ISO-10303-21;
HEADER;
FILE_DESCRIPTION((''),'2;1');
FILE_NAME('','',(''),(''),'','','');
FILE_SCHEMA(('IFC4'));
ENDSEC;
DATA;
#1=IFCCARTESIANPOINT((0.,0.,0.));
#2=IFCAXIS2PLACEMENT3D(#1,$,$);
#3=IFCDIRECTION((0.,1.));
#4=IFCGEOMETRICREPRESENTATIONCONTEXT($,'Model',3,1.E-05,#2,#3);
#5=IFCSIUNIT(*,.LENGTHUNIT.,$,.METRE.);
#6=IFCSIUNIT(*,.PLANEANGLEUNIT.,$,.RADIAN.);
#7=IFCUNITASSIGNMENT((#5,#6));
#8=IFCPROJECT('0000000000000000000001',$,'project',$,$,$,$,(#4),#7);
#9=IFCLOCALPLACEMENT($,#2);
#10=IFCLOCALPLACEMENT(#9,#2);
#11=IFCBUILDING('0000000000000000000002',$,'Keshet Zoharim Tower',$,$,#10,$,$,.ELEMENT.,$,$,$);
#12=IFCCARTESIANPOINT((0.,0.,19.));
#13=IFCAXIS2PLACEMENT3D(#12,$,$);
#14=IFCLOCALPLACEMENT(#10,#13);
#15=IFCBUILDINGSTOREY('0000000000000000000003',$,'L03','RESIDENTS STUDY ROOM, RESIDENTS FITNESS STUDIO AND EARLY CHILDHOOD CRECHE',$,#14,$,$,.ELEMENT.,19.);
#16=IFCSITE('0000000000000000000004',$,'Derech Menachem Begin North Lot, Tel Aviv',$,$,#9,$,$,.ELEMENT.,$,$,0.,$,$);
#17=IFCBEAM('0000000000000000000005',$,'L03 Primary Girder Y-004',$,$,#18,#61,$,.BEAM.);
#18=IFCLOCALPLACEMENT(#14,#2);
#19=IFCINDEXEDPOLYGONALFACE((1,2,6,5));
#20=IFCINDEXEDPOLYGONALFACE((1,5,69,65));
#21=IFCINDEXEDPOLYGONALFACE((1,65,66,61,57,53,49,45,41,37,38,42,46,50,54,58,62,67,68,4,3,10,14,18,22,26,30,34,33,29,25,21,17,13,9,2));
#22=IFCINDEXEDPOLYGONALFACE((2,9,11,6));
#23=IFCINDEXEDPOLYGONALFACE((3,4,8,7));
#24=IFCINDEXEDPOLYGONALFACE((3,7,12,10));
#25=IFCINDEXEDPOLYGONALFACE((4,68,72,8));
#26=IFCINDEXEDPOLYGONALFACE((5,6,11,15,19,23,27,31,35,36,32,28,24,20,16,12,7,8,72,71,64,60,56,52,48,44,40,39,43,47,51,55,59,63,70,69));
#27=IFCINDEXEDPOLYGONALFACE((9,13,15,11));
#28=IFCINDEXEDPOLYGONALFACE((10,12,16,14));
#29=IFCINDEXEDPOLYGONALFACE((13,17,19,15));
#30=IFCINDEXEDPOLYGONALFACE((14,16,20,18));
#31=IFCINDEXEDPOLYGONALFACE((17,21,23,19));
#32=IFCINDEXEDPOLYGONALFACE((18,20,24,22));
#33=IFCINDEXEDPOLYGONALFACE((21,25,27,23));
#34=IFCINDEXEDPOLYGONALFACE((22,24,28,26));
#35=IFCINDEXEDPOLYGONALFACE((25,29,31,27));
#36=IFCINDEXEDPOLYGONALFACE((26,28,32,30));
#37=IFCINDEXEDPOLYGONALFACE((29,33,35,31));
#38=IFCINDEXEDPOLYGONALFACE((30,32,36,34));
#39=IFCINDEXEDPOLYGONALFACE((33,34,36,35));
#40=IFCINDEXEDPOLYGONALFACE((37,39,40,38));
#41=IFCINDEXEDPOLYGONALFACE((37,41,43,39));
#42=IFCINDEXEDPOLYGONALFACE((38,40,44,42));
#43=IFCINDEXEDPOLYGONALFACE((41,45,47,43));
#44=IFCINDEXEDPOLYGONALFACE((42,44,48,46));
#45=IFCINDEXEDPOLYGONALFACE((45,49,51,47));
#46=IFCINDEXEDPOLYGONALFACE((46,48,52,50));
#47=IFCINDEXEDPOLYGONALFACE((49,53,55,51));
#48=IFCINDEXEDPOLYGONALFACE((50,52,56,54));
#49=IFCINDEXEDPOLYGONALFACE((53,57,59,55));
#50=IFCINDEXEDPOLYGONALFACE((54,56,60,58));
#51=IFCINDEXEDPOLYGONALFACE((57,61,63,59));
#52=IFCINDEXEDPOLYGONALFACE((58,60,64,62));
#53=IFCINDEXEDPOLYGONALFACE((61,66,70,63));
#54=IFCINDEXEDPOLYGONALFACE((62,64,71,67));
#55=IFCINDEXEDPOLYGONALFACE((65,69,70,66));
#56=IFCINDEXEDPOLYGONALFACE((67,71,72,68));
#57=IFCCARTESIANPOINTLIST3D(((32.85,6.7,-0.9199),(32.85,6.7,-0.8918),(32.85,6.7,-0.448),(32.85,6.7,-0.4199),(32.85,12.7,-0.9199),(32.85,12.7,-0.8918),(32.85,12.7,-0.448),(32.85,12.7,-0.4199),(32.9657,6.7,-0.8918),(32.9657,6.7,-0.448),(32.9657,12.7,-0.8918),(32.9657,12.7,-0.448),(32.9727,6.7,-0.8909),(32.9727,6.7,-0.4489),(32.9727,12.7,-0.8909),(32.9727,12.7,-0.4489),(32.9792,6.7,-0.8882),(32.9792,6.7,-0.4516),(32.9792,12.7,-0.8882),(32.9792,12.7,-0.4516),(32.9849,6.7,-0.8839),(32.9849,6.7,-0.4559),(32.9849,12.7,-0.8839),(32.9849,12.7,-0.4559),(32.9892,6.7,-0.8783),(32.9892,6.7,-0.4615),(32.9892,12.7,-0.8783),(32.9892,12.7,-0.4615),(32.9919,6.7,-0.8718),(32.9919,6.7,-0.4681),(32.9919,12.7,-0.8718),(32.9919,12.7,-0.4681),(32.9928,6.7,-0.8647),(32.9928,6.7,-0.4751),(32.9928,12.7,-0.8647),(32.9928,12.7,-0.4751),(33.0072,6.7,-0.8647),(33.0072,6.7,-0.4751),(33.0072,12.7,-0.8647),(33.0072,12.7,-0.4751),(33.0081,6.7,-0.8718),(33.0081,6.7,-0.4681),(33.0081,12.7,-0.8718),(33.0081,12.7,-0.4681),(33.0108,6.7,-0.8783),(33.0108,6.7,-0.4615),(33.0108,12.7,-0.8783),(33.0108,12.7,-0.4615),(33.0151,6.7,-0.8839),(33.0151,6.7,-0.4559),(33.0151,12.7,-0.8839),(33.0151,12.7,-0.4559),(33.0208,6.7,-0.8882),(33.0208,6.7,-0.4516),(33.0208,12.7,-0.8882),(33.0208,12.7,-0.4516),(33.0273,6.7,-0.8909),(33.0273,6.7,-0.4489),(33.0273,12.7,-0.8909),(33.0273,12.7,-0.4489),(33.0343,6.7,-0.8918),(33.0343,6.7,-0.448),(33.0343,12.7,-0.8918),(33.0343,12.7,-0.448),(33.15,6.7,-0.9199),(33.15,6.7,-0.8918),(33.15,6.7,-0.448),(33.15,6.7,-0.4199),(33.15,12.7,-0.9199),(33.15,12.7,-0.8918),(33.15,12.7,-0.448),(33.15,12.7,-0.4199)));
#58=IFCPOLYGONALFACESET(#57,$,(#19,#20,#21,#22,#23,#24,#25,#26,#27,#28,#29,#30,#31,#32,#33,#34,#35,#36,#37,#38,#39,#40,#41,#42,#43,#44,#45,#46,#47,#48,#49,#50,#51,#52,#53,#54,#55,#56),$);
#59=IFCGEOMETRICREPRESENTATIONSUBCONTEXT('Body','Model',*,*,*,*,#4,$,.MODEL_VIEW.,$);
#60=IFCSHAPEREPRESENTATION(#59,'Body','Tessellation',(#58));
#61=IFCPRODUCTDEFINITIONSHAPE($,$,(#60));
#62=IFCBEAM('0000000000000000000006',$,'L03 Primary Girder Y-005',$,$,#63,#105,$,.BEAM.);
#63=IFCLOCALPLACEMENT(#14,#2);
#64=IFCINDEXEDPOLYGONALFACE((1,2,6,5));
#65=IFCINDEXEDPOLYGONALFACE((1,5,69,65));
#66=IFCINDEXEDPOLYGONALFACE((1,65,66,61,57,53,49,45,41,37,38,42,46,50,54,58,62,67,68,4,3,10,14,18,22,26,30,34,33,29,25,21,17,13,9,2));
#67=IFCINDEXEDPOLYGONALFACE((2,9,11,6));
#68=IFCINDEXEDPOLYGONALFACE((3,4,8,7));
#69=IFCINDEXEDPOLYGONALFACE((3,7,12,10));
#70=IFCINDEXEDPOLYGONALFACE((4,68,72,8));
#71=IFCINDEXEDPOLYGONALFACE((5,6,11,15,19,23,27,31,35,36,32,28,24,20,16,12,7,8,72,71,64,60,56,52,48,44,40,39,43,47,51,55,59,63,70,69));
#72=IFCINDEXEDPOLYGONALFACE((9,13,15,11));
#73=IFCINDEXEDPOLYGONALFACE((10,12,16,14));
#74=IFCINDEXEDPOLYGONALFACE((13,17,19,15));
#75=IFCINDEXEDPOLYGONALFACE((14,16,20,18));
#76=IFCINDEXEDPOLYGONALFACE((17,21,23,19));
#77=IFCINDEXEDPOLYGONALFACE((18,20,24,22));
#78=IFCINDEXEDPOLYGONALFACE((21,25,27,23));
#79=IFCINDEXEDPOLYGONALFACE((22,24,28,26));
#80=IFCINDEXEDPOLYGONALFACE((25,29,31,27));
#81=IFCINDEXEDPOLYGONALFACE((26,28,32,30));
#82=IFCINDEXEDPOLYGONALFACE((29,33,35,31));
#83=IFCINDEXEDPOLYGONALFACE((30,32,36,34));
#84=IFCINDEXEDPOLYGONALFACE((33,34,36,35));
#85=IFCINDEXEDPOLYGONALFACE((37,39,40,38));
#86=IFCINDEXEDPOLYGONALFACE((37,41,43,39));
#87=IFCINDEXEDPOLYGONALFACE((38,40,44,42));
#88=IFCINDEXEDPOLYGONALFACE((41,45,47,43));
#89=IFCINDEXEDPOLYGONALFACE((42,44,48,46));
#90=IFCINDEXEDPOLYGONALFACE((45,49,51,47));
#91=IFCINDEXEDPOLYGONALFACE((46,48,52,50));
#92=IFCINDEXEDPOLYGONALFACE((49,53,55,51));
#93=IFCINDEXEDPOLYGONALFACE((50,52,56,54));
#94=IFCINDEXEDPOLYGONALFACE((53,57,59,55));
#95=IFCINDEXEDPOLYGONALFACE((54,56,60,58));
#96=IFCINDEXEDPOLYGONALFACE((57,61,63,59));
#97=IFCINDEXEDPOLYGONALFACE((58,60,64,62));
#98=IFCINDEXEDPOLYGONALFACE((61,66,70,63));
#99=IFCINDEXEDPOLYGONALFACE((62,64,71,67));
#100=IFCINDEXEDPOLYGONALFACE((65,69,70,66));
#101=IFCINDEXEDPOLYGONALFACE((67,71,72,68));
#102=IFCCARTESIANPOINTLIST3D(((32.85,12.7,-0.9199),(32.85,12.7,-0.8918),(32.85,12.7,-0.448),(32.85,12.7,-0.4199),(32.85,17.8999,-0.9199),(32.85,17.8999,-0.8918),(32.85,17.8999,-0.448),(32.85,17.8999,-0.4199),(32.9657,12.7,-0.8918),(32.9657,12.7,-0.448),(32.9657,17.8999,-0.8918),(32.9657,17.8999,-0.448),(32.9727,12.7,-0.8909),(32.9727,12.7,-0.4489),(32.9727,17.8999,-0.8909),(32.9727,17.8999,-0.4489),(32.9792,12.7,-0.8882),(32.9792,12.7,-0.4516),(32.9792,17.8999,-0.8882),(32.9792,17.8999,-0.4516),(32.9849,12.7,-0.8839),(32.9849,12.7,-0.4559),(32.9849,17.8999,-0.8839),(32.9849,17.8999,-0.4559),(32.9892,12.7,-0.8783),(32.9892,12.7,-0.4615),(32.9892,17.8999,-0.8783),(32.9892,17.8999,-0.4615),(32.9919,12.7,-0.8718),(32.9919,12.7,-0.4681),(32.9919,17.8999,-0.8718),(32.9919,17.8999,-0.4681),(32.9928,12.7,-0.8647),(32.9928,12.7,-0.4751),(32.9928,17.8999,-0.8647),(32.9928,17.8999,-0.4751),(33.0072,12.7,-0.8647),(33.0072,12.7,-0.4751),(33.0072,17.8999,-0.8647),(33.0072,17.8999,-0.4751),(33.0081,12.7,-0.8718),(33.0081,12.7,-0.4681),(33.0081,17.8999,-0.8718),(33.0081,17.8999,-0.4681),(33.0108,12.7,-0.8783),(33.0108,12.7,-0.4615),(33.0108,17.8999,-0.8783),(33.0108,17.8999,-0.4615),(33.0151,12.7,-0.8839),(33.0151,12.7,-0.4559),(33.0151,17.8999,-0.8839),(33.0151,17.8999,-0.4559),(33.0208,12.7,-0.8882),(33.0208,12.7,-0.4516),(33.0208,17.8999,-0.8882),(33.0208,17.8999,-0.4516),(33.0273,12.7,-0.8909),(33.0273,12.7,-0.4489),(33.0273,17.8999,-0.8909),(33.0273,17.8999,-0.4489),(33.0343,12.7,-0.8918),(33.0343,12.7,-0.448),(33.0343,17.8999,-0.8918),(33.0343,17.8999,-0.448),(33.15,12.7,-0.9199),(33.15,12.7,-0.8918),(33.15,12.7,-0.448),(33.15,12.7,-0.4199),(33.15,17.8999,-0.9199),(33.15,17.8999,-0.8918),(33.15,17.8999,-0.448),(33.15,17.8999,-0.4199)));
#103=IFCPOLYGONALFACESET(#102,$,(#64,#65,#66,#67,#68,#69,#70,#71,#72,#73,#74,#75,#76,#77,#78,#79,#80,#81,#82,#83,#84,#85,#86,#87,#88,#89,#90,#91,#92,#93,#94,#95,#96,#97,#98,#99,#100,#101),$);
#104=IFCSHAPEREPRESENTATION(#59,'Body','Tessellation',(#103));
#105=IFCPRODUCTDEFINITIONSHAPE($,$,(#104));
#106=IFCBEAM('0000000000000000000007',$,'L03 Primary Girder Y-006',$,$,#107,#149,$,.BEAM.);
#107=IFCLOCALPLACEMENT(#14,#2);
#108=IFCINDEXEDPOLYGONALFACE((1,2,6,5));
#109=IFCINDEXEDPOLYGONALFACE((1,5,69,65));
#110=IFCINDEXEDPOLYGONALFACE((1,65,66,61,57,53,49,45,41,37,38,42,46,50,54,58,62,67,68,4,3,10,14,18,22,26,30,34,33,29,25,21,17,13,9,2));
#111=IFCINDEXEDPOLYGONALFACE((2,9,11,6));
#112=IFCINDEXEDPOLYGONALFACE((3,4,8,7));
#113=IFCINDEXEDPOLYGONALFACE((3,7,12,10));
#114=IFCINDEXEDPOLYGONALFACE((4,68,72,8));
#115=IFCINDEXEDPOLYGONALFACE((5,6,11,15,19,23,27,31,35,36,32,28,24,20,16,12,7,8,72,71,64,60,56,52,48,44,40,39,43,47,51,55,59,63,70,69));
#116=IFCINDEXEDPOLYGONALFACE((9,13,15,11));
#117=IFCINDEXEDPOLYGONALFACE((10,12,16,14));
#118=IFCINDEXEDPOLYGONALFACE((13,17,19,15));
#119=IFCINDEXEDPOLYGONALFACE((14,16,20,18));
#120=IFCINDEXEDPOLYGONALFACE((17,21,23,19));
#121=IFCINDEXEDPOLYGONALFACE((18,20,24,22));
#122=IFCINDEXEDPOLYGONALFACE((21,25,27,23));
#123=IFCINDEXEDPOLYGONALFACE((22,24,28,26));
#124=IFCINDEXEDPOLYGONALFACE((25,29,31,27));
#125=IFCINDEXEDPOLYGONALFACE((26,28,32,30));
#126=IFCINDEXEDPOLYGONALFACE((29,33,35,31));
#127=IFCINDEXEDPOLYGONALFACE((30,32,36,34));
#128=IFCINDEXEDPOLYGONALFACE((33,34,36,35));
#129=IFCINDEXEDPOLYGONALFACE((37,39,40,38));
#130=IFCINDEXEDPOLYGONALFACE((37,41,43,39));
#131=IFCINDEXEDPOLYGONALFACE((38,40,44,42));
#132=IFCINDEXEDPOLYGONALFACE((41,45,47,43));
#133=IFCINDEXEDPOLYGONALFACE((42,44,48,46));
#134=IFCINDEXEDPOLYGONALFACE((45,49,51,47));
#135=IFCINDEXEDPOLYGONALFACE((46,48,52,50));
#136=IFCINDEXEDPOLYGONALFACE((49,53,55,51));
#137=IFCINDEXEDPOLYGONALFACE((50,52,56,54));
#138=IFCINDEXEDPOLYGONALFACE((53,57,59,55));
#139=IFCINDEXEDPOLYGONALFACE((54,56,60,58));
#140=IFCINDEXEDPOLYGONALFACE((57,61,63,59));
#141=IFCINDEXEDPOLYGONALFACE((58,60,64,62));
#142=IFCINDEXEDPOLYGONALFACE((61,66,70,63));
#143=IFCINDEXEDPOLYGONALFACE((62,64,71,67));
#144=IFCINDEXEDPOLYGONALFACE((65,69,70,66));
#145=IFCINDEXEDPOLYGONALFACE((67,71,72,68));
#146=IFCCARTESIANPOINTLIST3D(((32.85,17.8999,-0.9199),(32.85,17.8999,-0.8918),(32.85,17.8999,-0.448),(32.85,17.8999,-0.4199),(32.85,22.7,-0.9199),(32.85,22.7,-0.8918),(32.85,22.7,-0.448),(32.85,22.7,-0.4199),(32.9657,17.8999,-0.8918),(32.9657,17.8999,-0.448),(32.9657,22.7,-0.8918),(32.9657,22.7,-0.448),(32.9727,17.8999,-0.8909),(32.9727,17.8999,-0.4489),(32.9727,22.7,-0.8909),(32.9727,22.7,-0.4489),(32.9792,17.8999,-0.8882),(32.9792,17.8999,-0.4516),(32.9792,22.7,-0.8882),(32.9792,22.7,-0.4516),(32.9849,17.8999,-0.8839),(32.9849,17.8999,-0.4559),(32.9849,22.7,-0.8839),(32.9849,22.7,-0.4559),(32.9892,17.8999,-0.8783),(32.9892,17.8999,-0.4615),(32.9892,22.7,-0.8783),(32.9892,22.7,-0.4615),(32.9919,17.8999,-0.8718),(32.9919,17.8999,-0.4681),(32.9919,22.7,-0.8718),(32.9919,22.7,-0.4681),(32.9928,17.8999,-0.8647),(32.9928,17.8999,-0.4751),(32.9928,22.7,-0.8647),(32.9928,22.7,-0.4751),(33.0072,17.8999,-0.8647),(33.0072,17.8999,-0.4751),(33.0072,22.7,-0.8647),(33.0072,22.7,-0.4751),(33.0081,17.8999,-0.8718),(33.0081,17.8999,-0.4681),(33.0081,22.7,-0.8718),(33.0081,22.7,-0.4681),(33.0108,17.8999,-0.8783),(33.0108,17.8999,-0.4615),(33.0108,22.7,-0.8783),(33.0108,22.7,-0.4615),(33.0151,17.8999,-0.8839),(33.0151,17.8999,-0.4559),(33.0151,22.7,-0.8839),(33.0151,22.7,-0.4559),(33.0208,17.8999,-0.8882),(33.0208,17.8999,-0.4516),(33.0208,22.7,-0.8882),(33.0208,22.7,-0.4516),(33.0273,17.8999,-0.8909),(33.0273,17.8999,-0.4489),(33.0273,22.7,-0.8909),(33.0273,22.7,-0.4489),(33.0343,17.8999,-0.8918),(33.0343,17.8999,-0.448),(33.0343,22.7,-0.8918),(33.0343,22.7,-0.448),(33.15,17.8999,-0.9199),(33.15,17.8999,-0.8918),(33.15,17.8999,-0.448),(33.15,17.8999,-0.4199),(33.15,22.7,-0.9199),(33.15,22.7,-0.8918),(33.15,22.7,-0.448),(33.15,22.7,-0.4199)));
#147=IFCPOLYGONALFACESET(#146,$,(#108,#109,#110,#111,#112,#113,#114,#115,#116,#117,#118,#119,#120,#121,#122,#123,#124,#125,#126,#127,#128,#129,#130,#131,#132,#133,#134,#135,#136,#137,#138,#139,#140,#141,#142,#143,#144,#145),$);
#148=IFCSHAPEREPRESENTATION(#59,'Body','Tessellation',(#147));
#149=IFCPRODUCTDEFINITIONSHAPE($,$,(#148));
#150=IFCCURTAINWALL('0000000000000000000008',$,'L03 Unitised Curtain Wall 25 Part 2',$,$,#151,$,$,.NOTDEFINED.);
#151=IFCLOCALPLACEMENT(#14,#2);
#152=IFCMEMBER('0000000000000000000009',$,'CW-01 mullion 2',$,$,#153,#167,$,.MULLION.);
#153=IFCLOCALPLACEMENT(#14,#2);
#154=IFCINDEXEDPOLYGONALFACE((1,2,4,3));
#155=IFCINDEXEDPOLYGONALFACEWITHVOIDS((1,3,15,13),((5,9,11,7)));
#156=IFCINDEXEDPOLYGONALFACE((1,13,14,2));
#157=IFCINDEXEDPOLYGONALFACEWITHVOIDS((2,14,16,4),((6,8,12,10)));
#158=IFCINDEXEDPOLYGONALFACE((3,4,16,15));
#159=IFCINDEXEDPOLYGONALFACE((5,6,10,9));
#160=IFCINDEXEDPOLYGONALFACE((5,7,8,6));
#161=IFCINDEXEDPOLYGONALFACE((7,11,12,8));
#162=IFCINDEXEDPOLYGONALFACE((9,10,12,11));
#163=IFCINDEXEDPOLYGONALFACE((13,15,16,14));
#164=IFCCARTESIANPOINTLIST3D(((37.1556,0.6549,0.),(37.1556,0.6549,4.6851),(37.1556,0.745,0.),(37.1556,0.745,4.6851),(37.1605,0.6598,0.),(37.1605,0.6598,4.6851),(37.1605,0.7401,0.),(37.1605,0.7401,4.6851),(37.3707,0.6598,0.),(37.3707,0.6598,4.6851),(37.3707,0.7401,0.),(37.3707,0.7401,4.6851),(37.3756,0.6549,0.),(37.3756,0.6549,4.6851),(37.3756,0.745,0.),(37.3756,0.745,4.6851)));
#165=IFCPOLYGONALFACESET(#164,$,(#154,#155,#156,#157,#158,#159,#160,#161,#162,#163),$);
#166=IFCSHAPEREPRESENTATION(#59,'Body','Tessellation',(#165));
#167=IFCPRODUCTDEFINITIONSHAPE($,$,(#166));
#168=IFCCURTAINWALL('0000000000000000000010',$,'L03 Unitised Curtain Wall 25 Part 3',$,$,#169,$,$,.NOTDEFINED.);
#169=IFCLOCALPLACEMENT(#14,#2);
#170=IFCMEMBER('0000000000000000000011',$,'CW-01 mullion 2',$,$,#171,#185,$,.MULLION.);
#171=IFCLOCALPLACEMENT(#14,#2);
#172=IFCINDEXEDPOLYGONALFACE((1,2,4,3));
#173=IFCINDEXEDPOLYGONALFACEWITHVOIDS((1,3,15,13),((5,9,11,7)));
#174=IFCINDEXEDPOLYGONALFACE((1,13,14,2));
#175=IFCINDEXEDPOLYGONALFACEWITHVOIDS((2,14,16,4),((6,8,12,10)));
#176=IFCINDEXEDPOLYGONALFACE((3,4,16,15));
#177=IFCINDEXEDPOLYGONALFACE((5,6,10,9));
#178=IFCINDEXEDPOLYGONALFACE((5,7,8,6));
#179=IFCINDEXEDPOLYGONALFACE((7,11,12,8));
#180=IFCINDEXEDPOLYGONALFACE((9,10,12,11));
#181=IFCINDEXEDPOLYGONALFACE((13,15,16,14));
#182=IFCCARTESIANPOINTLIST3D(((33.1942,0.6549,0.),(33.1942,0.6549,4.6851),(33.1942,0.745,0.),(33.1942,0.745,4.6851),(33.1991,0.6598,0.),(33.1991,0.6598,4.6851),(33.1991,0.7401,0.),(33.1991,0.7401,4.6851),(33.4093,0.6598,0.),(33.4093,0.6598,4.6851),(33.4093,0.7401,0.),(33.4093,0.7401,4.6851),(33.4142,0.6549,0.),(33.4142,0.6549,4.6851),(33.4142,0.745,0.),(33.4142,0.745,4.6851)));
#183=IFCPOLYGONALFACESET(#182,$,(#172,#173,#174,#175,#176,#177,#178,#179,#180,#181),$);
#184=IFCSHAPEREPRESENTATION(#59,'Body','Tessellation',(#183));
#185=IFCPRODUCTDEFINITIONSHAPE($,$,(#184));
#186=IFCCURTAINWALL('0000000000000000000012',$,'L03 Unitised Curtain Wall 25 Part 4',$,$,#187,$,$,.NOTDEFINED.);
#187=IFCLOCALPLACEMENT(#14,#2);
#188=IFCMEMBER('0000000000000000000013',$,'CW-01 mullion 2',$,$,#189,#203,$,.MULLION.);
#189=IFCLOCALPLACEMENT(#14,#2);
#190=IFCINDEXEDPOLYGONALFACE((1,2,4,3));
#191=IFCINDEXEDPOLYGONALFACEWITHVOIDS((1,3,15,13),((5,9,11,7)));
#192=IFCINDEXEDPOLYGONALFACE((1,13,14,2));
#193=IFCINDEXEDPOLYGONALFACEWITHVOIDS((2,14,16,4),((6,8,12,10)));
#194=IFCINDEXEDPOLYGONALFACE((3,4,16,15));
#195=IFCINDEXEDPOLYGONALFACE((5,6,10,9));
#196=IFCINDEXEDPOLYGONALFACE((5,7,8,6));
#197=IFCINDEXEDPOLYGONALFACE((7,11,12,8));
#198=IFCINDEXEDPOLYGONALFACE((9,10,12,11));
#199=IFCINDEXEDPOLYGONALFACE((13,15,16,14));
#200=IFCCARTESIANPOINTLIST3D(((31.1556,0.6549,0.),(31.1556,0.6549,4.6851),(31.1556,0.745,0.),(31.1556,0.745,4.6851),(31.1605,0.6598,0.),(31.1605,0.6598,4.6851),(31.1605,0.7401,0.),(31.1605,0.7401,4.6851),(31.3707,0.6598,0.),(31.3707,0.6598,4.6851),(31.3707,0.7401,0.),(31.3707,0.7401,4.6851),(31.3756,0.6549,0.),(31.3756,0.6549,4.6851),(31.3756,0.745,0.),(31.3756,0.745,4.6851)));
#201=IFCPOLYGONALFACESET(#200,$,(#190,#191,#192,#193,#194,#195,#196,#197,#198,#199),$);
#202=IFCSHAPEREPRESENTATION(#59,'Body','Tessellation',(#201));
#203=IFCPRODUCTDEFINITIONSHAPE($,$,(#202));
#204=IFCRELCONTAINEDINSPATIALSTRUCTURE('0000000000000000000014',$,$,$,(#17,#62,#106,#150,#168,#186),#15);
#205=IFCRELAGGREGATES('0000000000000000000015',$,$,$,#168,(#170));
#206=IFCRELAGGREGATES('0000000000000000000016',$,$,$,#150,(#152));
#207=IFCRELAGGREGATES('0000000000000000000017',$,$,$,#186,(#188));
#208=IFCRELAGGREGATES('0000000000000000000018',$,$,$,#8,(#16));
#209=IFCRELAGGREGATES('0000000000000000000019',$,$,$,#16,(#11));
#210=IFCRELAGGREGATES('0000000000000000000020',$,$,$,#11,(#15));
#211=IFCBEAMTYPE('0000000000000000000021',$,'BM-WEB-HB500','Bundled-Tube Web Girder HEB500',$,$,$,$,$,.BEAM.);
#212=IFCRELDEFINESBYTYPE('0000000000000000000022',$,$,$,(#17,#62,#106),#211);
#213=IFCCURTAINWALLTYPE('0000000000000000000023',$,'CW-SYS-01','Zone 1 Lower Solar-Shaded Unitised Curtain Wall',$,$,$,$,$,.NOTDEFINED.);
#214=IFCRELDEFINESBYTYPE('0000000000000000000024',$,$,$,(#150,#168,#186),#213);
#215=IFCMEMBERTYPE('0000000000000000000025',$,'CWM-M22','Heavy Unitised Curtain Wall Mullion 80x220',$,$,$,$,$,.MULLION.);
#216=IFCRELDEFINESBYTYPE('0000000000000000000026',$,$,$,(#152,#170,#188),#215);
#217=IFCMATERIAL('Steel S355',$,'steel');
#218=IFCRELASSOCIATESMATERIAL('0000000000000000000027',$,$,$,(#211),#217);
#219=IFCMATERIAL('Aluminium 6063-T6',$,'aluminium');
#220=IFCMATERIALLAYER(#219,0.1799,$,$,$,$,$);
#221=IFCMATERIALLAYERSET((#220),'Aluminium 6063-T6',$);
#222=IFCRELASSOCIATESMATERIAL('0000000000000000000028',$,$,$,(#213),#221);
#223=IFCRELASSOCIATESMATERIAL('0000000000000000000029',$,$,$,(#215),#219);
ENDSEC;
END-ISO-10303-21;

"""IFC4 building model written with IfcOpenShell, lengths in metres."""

from ifc_helpers import new_model, si_unit, direction, frame, origin, origin_2d, place, context, subcontext, project, spatial, hollow_rectangle, i_section, extrude, material, layer, layer_set, material_profile, profile_set, type_object, element, aggregate, save


model = new_model("IFC4")

# Units and contexts
model_context = context("Model", 3, precision=1e-05, world=origin(), true_north=direction((0.0, 1.0)))
body_context = subcontext(model_context, "Body", "Model", "MODEL_VIEW")
ifc_project = project(units=[si_unit("LENGTHUNIT", "METRE"), si_unit("PLANEANGLEUNIT", "RADIAN")], contexts=[model_context])

# Site, building, storey
site_placement = place(None, origin())
site = spatial("IfcSite", under=ifc_project, at=site_placement, Name="Derech Menachem Begin North Lot, Tel Aviv", CompositionType="ELEMENT", RefElevation=0.0)
building_placement = place(site_placement, origin())
building = spatial("IfcBuilding", under=site, at=building_placement, Name="Keshet Zoharim Tower", CompositionType="ELEMENT")
storey_placement = place(building_placement, frame((0.0, 0.0, 19.0)))
storey = spatial("IfcBuildingStorey", under=building, at=storey_placement, Name="L03", Description="RESIDENTS STUDY ROOM, RESIDENTS FITNESS STUDIO AND EARLY CHILDHOOD CRECHE", CompositionType="ELEMENT", Elevation=19.0)

# Shared definitions
ifc_material_1 = material(Name="Steel S355", Category="steel")

# Beams
ifc_material_profile_1 = material_profile(ifc_material_1, i_section(OverallWidth=0.3, OverallDepth=0.5, WebThickness=0.0144, FlangeThickness=0.0281, FilletRadius=0.0271, at=origin_2d()), Name="HEB500")
ifc_profile_set_1 = profile_set([ifc_material_profile_1], Name="Steel S355")
beam_type = type_object("IfcBeamType", Name="BM-WEB-HB500", Description="Bundled-Tube Web Girder HEB500", PredefinedType="BEAM", material=ifc_profile_set_1)
for number, where, z_axis, x_axis, name in (
    (1, (33.0, 6.7, -0.6699), (0.0, 1.0, 0.0), (-1.0, 0.0, 0.0), "L03 Primary Girder Y-004"),
):
    element("IfcBeam", number, at=place(storey_placement, frame(where, z_axis=z_axis, x_axis=x_axis)), inside=storey, type_object=beam_type, Name=name, PredefinedType="BEAM", context=body_context, shape_type="SweptSolid", body=[
        extrude(i_section(OverallWidth=0.3, OverallDepth=0.5, WebThickness=0.0144, FlangeThickness=0.0281, FilletRadius=0.0271, at=origin_2d()), origin(), (0.0, 0.0, 1.0), 6.0),
    ])
beam_1_placement = place(storey_placement, frame((33.0, 12.7, -0.6699), z_axis=(0.0, 1.0, 0.0), x_axis=(-1.0, 0.0, 0.0)))
element("IfcBeam", 2, at=beam_1_placement, inside=storey, type_object=beam_type, Name="L03 Primary Girder Y-005", PredefinedType="BEAM", context=body_context, shape_type="SweptSolid", body=[
    extrude(i_section(OverallWidth=0.3, OverallDepth=0.5, WebThickness=0.0144, FlangeThickness=0.0281, FilletRadius=0.0271, at=origin_2d()), origin(), (0.0, 0.0, 1.0), 5.2),
])
beam_2_placement = place(storey_placement, frame((33.0, 17.8999, -0.6699), z_axis=(0.0, 1.0, 0.0), x_axis=(-1.0, 0.0, 0.0)))
element("IfcBeam", 3, at=beam_2_placement, inside=storey, type_object=beam_type, Name="L03 Primary Girder Y-006", PredefinedType="BEAM", context=body_context, shape_type="SweptSolid", body=[
    extrude(i_section(OverallWidth=0.3, OverallDepth=0.5, WebThickness=0.0144, FlangeThickness=0.0281, FilletRadius=0.0271, at=origin_2d()), origin(), (0.0, 0.0, 1.0), 4.8),
])

# Curtain walls, members
ifc_material_2 = material(Name="Aluminium 6063-T6", Category="aluminium")
ifc_layer_1 = layer(ifc_material_2, 0.1799)
ifc_layer_set_1 = layer_set([ifc_layer_1], Name="Aluminium 6063-T6")
curtain_wall_type = type_object("IfcCurtainWallType", Name="CW-SYS-01", Description="Zone 1 Lower Solar-Shaded Unitised Curtain Wall", PredefinedType="NOTDEFINED", material=ifc_layer_set_1)
curtain_wall_1_placement = place(storey_placement, origin())
curtain_wall_1 = element("IfcCurtainWall", 4, at=curtain_wall_1_placement, inside=storey, type_object=curtain_wall_type, Name="L03 Unitised Curtain Wall 25 Part 2", PredefinedType="NOTDEFINED")
ifc_material_profile_2 = material_profile(ifc_material_2, hollow_rectangle(XDim=0.0901, YDim=0.22, WallThickness=0.0049, at=origin_2d()), Name="MUL-90x220")
ifc_profile_set_2 = profile_set([ifc_material_profile_2], Name="Aluminium 6063-T6")
member_type_1 = type_object("IfcMemberType", Name="CWM-M22", Description="Heavy Unitised Curtain Wall Mullion 80x220", PredefinedType="MULLION", material=ifc_profile_set_2)
member_1_placement = place(storey_placement, frame((37.2656, 0.7, 0.0), z_axis=(0.0, 0.0, 1.0), x_axis=(0.0, -1.0, 0.0)))
member_1 = element("IfcMember", 5, at=member_1_placement, type_object=member_type_1, Name="CW-01 mullion 2", PredefinedType="MULLION", context=body_context, shape_type="SweptSolid", body=[
    extrude(hollow_rectangle(XDim=0.0901, YDim=0.22, WallThickness=0.0049, at=origin_2d()), origin(), (0.0, 0.0, 1.0), 4.6851),
])
curtain_wall_2_placement = place(storey_placement, origin())
curtain_wall_2 = element("IfcCurtainWall", 6, at=curtain_wall_2_placement, inside=storey, type_object=curtain_wall_type, Name="L03 Unitised Curtain Wall 25 Part 3", PredefinedType="NOTDEFINED")
member_2_placement = place(storey_placement, frame((33.3042, 0.7, 0.0), z_axis=(0.0, 0.0, 1.0), x_axis=(0.0, -1.0, 0.0)))
member_2 = element("IfcMember", 7, at=member_2_placement, type_object=member_type_1, Name="CW-01 mullion 2", PredefinedType="MULLION", context=body_context, shape_type="SweptSolid", body=[
    extrude(hollow_rectangle(XDim=0.0901, YDim=0.22, WallThickness=0.0049, at=origin_2d()), origin(), (0.0, 0.0, 1.0), 4.6851),
])
curtain_wall_3_placement = place(storey_placement, origin())
curtain_wall_3 = element("IfcCurtainWall", 8, at=curtain_wall_3_placement, inside=storey, type_object=curtain_wall_type, Name="L03 Unitised Curtain Wall 25 Part 4", PredefinedType="NOTDEFINED")
member_3_placement = place(storey_placement, frame((31.2656, 0.7, 0.0), z_axis=(0.0, 0.0, 1.0), x_axis=(0.0, -1.0, 0.0)))
member_3 = element("IfcMember", 9, at=member_3_placement, type_object=member_type_1, Name="CW-01 mullion 2", PredefinedType="MULLION", context=body_context, shape_type="SweptSolid", body=[
    extrude(hollow_rectangle(XDim=0.0901, YDim=0.22, WallThickness=0.0049, at=origin_2d()), origin(), (0.0, 0.0, 1.0), 4.6851),
])

aggregate(curtain_wall_2, [member_2])
aggregate(curtain_wall_1, [member_1])
aggregate(curtain_wall_3, [member_3])

save(model, "model.ifc")
